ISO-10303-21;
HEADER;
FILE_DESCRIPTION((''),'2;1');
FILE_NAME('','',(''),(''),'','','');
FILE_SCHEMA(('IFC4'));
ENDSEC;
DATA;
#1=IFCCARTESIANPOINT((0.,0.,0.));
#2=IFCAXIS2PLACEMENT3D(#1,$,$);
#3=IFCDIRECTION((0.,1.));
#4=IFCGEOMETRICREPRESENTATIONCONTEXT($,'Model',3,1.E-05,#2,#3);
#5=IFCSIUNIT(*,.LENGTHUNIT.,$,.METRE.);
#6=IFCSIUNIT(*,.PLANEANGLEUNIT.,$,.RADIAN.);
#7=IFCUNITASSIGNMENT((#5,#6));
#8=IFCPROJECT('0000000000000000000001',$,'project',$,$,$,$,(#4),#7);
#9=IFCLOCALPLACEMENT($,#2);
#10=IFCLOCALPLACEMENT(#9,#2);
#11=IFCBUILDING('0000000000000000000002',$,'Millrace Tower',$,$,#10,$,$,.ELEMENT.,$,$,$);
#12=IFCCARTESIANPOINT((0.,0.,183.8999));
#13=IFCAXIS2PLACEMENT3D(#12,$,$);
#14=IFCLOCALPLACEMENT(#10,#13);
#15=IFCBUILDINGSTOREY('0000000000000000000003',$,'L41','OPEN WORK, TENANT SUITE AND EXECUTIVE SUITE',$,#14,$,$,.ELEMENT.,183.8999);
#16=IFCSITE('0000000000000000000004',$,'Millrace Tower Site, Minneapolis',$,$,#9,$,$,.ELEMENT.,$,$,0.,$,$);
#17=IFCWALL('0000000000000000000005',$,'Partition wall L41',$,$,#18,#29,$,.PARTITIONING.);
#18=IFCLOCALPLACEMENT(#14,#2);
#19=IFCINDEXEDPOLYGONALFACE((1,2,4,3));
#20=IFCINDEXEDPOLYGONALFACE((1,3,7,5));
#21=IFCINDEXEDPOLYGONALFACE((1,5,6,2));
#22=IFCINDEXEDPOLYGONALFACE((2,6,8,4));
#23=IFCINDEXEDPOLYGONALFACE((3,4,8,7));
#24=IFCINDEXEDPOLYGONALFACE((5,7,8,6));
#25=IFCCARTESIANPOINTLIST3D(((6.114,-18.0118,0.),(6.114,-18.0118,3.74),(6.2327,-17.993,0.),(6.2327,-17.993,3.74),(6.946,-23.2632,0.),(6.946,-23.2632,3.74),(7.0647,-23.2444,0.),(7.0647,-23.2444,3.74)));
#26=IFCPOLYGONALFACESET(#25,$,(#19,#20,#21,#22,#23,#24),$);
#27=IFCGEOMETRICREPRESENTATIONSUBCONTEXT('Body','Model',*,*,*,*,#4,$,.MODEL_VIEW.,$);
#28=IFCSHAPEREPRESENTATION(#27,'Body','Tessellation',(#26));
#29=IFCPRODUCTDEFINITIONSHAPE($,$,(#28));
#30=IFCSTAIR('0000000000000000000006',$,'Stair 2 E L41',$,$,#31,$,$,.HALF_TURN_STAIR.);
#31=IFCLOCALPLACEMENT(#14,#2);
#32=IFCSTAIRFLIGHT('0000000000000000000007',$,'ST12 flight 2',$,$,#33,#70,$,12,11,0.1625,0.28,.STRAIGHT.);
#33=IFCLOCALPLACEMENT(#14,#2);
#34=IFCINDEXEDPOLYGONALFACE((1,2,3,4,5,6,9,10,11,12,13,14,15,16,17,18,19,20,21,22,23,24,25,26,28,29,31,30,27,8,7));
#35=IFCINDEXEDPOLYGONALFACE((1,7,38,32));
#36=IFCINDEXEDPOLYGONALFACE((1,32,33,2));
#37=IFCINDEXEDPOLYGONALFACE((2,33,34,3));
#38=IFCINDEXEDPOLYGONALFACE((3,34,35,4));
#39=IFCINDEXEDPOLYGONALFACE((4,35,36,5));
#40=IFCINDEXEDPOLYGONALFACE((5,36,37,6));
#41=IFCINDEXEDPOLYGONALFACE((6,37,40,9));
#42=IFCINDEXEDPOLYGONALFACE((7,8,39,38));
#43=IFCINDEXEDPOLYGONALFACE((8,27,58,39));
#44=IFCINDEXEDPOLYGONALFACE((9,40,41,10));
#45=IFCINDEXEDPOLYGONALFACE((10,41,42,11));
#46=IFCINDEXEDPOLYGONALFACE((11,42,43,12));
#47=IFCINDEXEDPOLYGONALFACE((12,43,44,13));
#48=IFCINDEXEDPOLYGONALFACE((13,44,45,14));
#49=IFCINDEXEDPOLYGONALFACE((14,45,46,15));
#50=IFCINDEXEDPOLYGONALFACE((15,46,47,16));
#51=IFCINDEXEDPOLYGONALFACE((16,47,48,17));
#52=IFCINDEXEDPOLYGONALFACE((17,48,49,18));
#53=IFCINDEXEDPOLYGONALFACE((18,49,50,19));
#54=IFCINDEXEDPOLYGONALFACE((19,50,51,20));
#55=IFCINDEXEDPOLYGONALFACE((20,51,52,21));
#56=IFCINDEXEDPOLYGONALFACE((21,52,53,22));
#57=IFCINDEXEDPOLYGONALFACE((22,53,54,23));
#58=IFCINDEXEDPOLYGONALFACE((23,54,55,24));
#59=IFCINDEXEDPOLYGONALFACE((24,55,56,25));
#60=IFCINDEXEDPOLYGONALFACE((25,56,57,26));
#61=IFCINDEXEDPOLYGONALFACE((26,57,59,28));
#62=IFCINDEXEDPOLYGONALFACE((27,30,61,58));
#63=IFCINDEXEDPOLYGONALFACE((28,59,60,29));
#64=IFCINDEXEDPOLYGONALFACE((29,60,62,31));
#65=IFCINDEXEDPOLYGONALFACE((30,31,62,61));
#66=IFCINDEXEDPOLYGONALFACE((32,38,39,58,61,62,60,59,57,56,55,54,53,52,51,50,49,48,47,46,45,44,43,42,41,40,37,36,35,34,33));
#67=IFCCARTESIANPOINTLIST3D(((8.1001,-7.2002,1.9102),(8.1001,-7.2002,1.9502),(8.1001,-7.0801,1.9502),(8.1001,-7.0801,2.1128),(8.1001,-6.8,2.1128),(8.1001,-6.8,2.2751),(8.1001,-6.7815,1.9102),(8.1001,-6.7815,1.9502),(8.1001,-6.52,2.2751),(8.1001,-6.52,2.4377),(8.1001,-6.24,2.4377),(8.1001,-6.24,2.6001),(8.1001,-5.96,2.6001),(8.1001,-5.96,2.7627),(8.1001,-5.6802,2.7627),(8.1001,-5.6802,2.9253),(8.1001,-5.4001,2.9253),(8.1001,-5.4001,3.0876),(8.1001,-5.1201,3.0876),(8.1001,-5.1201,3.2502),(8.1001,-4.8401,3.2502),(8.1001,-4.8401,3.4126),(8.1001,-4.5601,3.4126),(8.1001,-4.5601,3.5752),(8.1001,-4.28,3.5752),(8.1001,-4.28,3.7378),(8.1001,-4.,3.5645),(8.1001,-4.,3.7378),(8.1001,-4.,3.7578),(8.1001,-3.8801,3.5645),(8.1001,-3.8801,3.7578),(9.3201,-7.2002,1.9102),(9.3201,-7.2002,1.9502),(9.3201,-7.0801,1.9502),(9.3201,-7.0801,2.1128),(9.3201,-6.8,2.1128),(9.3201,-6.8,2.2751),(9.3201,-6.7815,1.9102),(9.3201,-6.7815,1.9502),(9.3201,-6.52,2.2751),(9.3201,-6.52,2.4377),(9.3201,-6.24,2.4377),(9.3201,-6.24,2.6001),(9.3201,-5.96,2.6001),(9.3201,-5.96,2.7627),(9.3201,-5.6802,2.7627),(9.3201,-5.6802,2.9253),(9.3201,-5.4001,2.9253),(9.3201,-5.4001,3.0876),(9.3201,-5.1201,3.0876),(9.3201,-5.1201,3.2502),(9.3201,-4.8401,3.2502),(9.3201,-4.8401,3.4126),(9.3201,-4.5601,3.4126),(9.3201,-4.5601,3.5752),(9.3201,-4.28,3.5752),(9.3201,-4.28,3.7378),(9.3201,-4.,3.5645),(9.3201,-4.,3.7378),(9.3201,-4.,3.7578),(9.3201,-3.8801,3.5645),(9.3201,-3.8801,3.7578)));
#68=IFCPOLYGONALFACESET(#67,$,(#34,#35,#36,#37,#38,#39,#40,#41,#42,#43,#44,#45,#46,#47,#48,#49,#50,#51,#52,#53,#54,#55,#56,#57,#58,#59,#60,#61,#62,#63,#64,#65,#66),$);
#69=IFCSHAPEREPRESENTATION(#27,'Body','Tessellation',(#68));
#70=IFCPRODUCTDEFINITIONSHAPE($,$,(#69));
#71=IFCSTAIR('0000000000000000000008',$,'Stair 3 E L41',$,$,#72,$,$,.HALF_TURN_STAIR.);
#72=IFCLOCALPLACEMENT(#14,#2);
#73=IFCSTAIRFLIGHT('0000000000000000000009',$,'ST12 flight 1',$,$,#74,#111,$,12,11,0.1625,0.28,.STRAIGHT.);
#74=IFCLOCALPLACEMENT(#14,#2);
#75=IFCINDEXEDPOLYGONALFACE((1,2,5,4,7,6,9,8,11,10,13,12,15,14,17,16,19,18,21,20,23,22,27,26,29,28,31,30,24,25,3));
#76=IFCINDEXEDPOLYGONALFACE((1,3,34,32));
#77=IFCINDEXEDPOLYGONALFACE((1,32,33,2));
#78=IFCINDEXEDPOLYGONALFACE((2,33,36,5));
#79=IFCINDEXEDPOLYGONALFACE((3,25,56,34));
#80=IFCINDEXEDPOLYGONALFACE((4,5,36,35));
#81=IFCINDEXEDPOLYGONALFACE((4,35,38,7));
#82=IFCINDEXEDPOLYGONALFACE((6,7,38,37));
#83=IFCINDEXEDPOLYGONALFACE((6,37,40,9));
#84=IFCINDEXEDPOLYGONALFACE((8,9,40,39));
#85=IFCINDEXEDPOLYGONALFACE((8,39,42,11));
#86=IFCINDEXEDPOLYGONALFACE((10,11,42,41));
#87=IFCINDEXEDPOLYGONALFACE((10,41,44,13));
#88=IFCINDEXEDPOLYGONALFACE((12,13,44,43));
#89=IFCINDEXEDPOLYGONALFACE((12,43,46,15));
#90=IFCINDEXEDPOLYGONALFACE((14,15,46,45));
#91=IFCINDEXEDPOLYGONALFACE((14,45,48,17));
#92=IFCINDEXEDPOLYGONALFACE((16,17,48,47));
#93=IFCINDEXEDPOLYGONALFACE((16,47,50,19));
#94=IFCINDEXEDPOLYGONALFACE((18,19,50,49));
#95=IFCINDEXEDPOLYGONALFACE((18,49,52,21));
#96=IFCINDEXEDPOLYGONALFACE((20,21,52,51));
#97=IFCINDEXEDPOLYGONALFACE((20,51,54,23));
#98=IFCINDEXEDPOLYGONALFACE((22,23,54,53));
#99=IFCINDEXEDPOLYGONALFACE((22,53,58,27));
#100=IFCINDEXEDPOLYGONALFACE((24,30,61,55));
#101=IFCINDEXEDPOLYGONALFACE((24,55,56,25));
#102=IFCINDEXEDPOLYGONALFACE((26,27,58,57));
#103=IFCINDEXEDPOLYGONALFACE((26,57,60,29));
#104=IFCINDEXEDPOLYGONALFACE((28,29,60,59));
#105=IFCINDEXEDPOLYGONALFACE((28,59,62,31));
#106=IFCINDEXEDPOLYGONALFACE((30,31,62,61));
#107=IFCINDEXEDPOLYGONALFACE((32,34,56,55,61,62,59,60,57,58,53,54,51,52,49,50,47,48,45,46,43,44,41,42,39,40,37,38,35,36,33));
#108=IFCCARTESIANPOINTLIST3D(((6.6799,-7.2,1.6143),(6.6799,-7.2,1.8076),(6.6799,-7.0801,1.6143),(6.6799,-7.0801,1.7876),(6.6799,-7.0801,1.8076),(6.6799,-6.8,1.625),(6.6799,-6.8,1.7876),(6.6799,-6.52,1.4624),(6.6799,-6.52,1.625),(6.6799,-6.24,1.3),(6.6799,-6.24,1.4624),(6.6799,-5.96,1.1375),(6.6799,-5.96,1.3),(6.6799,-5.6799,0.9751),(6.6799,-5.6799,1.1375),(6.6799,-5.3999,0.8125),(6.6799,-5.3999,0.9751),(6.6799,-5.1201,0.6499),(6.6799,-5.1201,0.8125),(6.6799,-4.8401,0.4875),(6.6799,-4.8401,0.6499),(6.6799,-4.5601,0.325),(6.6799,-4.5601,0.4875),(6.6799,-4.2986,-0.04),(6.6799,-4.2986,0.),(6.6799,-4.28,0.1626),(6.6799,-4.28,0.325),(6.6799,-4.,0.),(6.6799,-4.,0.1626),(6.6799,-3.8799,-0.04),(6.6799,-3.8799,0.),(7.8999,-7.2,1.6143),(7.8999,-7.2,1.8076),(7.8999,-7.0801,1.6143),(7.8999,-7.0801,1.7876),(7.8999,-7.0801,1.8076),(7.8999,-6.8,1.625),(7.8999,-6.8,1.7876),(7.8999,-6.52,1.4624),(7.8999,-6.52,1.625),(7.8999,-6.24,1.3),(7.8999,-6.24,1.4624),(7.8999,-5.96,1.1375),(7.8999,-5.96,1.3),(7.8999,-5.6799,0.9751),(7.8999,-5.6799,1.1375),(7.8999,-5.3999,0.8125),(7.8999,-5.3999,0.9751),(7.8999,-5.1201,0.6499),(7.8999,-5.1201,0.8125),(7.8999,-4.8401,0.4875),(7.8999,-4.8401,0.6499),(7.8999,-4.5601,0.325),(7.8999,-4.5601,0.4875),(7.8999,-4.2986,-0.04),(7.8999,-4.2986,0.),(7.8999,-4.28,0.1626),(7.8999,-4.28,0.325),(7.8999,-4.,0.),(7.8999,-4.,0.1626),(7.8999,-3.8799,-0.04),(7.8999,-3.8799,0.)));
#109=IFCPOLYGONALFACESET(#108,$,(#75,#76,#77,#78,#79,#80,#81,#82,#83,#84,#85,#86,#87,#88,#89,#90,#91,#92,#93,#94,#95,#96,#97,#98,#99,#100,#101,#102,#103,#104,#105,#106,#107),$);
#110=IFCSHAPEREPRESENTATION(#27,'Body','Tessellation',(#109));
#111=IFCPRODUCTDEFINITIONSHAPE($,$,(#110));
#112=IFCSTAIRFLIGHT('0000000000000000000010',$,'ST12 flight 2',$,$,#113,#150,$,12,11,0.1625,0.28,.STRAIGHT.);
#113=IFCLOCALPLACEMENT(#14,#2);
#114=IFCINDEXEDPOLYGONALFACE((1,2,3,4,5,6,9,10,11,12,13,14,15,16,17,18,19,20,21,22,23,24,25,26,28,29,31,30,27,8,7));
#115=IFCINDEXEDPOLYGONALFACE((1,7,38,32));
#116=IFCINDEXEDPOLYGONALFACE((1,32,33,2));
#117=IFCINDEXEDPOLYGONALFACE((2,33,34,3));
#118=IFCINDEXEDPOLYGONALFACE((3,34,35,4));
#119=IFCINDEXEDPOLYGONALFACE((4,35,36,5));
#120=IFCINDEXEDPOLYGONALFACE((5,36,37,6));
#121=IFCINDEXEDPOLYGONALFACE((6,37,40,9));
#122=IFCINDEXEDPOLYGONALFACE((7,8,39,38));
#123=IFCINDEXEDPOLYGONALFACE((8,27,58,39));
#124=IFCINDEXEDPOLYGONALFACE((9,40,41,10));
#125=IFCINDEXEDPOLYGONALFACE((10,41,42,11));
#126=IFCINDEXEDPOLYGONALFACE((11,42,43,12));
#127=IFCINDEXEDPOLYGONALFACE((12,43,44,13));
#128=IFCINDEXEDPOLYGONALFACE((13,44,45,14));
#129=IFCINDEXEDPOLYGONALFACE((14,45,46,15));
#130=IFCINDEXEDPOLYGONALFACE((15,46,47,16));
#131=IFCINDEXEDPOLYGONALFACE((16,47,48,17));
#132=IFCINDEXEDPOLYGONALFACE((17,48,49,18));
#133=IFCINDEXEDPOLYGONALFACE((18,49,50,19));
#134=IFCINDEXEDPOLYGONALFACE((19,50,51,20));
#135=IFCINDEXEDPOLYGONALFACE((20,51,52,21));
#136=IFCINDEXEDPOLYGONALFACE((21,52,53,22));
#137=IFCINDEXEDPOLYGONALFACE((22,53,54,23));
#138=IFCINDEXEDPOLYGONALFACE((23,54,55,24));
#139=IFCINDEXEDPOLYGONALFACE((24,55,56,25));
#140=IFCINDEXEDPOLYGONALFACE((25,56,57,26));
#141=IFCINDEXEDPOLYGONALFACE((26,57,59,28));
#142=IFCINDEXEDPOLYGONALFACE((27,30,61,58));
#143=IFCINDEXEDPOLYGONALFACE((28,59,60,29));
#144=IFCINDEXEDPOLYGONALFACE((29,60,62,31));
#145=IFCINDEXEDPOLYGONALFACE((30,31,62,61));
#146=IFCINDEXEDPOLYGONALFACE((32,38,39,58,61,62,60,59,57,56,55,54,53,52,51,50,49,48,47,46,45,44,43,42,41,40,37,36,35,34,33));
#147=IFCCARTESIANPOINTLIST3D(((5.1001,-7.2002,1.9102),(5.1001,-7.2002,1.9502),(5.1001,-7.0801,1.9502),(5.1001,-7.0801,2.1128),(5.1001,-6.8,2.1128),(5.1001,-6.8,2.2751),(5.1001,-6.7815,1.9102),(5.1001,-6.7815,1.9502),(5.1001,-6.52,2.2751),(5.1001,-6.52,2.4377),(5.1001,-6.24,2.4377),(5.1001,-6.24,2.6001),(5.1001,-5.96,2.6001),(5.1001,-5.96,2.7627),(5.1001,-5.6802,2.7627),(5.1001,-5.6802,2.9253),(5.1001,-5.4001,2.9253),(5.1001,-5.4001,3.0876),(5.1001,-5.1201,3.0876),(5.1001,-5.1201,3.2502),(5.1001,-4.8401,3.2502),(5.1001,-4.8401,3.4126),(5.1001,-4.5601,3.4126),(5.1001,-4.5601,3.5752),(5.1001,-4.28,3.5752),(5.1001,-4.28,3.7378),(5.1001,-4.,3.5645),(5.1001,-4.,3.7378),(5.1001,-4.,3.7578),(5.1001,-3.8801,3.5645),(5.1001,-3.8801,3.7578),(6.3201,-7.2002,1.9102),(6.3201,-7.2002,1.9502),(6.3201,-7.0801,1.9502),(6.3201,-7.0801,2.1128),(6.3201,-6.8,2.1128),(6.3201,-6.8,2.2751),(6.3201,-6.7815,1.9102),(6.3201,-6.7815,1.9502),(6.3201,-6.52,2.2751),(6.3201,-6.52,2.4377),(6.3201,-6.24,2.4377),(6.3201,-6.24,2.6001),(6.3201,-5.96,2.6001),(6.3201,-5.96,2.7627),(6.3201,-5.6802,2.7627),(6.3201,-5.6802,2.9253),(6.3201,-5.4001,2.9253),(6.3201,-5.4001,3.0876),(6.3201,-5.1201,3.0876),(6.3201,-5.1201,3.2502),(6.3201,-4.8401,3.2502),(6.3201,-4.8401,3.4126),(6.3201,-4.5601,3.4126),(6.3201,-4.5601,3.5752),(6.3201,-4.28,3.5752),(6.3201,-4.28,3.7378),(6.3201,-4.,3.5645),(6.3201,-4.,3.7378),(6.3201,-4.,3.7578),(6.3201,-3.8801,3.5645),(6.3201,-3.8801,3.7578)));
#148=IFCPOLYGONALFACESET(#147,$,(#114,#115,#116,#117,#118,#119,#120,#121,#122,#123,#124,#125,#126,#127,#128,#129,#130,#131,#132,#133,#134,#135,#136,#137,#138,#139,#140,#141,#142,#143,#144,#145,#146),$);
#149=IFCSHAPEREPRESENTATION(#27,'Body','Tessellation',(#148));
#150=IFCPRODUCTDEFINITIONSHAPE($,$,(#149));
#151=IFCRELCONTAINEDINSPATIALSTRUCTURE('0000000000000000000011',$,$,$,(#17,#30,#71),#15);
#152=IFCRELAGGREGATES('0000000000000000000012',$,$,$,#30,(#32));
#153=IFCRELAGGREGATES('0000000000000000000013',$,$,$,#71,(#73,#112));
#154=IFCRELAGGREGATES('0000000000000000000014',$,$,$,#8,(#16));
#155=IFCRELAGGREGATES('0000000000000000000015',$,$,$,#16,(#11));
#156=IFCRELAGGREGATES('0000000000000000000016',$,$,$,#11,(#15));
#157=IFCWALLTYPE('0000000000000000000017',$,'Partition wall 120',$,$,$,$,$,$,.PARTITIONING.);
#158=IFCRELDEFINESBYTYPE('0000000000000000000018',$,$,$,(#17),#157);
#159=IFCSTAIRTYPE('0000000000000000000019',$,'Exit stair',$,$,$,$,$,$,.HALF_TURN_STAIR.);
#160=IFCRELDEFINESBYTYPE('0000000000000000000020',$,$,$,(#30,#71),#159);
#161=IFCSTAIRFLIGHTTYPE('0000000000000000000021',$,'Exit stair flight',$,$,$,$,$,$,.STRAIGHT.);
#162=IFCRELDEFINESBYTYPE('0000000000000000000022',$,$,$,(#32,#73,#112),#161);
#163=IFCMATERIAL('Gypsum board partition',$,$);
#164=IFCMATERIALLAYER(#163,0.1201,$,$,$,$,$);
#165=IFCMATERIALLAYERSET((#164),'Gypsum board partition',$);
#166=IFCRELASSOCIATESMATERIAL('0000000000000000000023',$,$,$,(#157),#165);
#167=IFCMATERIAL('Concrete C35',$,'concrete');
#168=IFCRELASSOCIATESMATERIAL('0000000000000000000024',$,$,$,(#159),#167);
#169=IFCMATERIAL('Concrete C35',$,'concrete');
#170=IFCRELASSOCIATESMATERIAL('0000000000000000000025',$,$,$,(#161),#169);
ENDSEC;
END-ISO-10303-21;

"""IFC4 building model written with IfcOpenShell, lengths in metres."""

from ifc_helpers import new_model, si_unit, direction, frame, frame_2d, origin, place, context, subcontext, project, spatial, polyline, rectangle, outline, extrude, material, layer, layer_set, type_object, element, aggregate, save


model = new_model("IFC4")

# Units and contexts
model_context = context("Model", 3, precision=1e-05, world=origin(), true_north=direction((0.0, 1.0)))
body_context = subcontext(model_context, "Body", "Model", "MODEL_VIEW")
ifc_project = project(units=[si_unit("LENGTHUNIT", "METRE"), si_unit("PLANEANGLEUNIT", "RADIAN")], contexts=[model_context])

# Site, building, storey
site_placement = place(None, origin())
site = spatial("IfcSite", under=ifc_project, at=site_placement, Name="Millrace Tower Site, Minneapolis", CompositionType="ELEMENT", RefElevation=0.0)
building_placement = place(site_placement, origin())
building = spatial("IfcBuilding", under=site, at=building_placement, Name="Millrace Tower", CompositionType="ELEMENT")
storey_placement = place(building_placement, frame((0.0, 0.0, 183.8999)))
storey = spatial("IfcBuildingStorey", under=building, at=storey_placement, Name="L41", Description="OPEN WORK, TENANT SUITE AND EXECUTIVE SUITE", CompositionType="ELEMENT", Elevation=183.8999)

# Shared definitions
placement = place(storey_placement, origin())

# Wall
ifc_material_1 = material(Name="Gypsum board partition")
ifc_layer_1 = layer(ifc_material_1, 0.1201)
ifc_layer_set_1 = layer_set([ifc_layer_1], Name="Gypsum board partition")
wall_type_1 = type_object("IfcWallType", Name="Partition wall 120", PredefinedType="PARTITIONING", material=ifc_layer_set_1)
wall_1_placement = place(storey_placement, frame((6.1733, -18.0024, 0.0), z_axis=(0.0, 0.0, 1.0), x_axis=(0.156486, -0.98768, 0.0)))
element("IfcWall", 1, at=wall_1_placement, inside=storey, type_object=wall_type_1, Name="Partition wall L41", PredefinedType="PARTITIONING", context=body_context, shape_type="SweptSolid", body=[
    extrude(rectangle(XDim=5.3169, YDim=0.1201, at=frame_2d((2.6584, 0.0))), origin(), (0.0, 0.0, 1.0), 3.74),
])

# Stair, stair flight
ifc_material_2 = material(Name="Concrete C35", Category="concrete")
stair_type = type_object("IfcStairType", Name="Exit stair", PredefinedType="HALF_TURN_STAIR", material=ifc_material_2)
stair_1 = element("IfcStair", 2, at=placement, inside=storey, type_object=stair_type, Name="Stair 2 E L41", PredefinedType="HALF_TURN_STAIR")
ifc_material_3 = material(Name="Concrete C35", Category="concrete")
stair_flight_type = type_object("IfcStairFlightType", Name="Exit stair flight", PredefinedType="STRAIGHT", material=ifc_material_3)
stair_flight_1_placement = place(storey_placement, frame((8.71, -7.0801, 1.9502), z_axis=(0.0, 0.0, 1.0), x_axis=(0.0, 1.0, 0.0)))
stair_flight_1 = element("IfcStairFlight", 3, at=stair_flight_1_placement, type_object=stair_flight_type, Name="ST12 flight 2", NumberOfRisers=12, NumberOfTreads=11, PredefinedType="STRAIGHT", RiserHeight=0.1625, TreadLength=0.28, context=body_context, shape_type="SweptSolid", body=[
    extrude(outline(polyline([(-0.1201, -0.04), (-0.1201, 0.0), (0.0, 0.0), (0.0, 0.1626), (0.28, 0.1626), (0.28, 0.325), (0.5601, 0.325), (0.5601, 0.4875), (0.8401, 0.4875), (0.8401, 0.6499), (1.1201, 0.6499), (1.1201, 0.8125), (1.3999, 0.8125), (1.3999, 0.9751), (1.6799, 0.9751), (1.6799, 1.1375), (1.96, 1.1375), (1.96, 1.3), (2.24, 1.3), (2.24, 1.4624), (2.52, 1.4624), (2.52, 1.625), (2.8, 1.625), (2.8, 1.7876), (3.0801, 1.7876), (3.0801, 1.8076), (3.2, 1.8076), (3.2, 1.6143), (3.0801, 1.6143), (0.2986, 0.0), (0.2986, -0.04), (-0.1201, -0.04)])), frame((0.0, 0.6099, 0.0), z_axis=(0.0, -1.0, 0.0), x_axis=(1.0, 0.0, 0.0)), (0.0, 0.0, 1.0), 1.22),
])
aggregate(stair_1, [stair_flight_1])

# Stair, stair flights
stair_2 = element("IfcStair", 4, at=placement, inside=storey, type_object=stair_type, Name="Stair 3 E L41", PredefinedType="HALF_TURN_STAIR")
stair_flight_2_placement = place(storey_placement, frame((7.29, -4.0, 0.0), z_axis=(0.0, 0.0, 1.0), x_axis=(0.0, -1.0, 0.0)))
stair_flight_2 = element("IfcStairFlight", 5, at=stair_flight_2_placement, type_object=stair_flight_type, Name="ST12 flight 1", NumberOfRisers=12, NumberOfTreads=11, PredefinedType="STRAIGHT", RiserHeight=0.1625, TreadLength=0.28, context=body_context, shape_type="SweptSolid", body=[
    extrude(outline(polyline([(-0.1201, -0.04), (-0.1201, 0.0), (0.0, 0.0), (0.0, 0.1626), (0.28, 0.1626), (0.28, 0.325), (0.5601, 0.325), (0.5601, 0.4875), (0.8401, 0.4875), (0.8401, 0.6499), (1.1201, 0.6499), (1.1201, 0.8125), (1.3999, 0.8125), (1.3999, 0.9751), (1.6799, 0.9751), (1.6799, 1.1375), (1.96, 1.1375), (1.96, 1.3), (2.24, 1.3), (2.24, 1.4624), (2.52, 1.4624), (2.52, 1.625), (2.8, 1.625), (2.8, 1.7876), (3.0801, 1.7876), (3.0801, 1.8076), (3.2, 1.8076), (3.2, 1.6143), (3.0801, 1.6143), (0.2986, 0.0), (0.2986, -0.04), (-0.1201, -0.04)])), frame((0.0, 0.6099, 0.0), z_axis=(0.0, -1.0, 0.0), x_axis=(1.0, 0.0, 0.0)), (0.0, 0.0, 1.0), 1.22),
])
stair_flight_3_placement = place(storey_placement, frame((5.71, -7.0801, 1.9502), z_axis=(0.0, 0.0, 1.0), x_axis=(0.0, 1.0, 0.0)))
stair_flight_3 = element("IfcStairFlight", 6, at=stair_flight_3_placement, type_object=stair_flight_type, Name="ST12 flight 2", NumberOfRisers=12, NumberOfTreads=11, PredefinedType="STRAIGHT", RiserHeight=0.1625, TreadLength=0.28, context=body_context, shape_type="SweptSolid", body=[
    extrude(outline(polyline([(-0.1201, -0.04), (-0.1201, 0.0), (0.0, 0.0), (0.0, 0.1626), (0.28, 0.1626), (0.28, 0.325), (0.5601, 0.325), (0.5601, 0.4875), (0.8401, 0.4875), (0.8401, 0.6499), (1.1201, 0.6499), (1.1201, 0.8125), (1.3999, 0.8125), (1.3999, 0.9751), (1.6799, 0.9751), (1.6799, 1.1375), (1.96, 1.1375), (1.96, 1.3), (2.24, 1.3), (2.24, 1.4624), (2.52, 1.4624), (2.52, 1.625), (2.8, 1.625), (2.8, 1.7876), (3.0801, 1.7876), (3.0801, 1.8076), (3.2, 1.8076), (3.2, 1.6143), (3.0801, 1.6143), (0.2986, 0.0), (0.2986, -0.04), (-0.1201, -0.04)])), frame((0.0, 0.6099, 0.0), z_axis=(0.0, -1.0, 0.0), x_axis=(1.0, 0.0, 0.0)), (0.0, 0.0, 1.0), 1.22),
])
aggregate(stair_2, [stair_flight_2, stair_flight_3])

save(model, "model.ifc")
